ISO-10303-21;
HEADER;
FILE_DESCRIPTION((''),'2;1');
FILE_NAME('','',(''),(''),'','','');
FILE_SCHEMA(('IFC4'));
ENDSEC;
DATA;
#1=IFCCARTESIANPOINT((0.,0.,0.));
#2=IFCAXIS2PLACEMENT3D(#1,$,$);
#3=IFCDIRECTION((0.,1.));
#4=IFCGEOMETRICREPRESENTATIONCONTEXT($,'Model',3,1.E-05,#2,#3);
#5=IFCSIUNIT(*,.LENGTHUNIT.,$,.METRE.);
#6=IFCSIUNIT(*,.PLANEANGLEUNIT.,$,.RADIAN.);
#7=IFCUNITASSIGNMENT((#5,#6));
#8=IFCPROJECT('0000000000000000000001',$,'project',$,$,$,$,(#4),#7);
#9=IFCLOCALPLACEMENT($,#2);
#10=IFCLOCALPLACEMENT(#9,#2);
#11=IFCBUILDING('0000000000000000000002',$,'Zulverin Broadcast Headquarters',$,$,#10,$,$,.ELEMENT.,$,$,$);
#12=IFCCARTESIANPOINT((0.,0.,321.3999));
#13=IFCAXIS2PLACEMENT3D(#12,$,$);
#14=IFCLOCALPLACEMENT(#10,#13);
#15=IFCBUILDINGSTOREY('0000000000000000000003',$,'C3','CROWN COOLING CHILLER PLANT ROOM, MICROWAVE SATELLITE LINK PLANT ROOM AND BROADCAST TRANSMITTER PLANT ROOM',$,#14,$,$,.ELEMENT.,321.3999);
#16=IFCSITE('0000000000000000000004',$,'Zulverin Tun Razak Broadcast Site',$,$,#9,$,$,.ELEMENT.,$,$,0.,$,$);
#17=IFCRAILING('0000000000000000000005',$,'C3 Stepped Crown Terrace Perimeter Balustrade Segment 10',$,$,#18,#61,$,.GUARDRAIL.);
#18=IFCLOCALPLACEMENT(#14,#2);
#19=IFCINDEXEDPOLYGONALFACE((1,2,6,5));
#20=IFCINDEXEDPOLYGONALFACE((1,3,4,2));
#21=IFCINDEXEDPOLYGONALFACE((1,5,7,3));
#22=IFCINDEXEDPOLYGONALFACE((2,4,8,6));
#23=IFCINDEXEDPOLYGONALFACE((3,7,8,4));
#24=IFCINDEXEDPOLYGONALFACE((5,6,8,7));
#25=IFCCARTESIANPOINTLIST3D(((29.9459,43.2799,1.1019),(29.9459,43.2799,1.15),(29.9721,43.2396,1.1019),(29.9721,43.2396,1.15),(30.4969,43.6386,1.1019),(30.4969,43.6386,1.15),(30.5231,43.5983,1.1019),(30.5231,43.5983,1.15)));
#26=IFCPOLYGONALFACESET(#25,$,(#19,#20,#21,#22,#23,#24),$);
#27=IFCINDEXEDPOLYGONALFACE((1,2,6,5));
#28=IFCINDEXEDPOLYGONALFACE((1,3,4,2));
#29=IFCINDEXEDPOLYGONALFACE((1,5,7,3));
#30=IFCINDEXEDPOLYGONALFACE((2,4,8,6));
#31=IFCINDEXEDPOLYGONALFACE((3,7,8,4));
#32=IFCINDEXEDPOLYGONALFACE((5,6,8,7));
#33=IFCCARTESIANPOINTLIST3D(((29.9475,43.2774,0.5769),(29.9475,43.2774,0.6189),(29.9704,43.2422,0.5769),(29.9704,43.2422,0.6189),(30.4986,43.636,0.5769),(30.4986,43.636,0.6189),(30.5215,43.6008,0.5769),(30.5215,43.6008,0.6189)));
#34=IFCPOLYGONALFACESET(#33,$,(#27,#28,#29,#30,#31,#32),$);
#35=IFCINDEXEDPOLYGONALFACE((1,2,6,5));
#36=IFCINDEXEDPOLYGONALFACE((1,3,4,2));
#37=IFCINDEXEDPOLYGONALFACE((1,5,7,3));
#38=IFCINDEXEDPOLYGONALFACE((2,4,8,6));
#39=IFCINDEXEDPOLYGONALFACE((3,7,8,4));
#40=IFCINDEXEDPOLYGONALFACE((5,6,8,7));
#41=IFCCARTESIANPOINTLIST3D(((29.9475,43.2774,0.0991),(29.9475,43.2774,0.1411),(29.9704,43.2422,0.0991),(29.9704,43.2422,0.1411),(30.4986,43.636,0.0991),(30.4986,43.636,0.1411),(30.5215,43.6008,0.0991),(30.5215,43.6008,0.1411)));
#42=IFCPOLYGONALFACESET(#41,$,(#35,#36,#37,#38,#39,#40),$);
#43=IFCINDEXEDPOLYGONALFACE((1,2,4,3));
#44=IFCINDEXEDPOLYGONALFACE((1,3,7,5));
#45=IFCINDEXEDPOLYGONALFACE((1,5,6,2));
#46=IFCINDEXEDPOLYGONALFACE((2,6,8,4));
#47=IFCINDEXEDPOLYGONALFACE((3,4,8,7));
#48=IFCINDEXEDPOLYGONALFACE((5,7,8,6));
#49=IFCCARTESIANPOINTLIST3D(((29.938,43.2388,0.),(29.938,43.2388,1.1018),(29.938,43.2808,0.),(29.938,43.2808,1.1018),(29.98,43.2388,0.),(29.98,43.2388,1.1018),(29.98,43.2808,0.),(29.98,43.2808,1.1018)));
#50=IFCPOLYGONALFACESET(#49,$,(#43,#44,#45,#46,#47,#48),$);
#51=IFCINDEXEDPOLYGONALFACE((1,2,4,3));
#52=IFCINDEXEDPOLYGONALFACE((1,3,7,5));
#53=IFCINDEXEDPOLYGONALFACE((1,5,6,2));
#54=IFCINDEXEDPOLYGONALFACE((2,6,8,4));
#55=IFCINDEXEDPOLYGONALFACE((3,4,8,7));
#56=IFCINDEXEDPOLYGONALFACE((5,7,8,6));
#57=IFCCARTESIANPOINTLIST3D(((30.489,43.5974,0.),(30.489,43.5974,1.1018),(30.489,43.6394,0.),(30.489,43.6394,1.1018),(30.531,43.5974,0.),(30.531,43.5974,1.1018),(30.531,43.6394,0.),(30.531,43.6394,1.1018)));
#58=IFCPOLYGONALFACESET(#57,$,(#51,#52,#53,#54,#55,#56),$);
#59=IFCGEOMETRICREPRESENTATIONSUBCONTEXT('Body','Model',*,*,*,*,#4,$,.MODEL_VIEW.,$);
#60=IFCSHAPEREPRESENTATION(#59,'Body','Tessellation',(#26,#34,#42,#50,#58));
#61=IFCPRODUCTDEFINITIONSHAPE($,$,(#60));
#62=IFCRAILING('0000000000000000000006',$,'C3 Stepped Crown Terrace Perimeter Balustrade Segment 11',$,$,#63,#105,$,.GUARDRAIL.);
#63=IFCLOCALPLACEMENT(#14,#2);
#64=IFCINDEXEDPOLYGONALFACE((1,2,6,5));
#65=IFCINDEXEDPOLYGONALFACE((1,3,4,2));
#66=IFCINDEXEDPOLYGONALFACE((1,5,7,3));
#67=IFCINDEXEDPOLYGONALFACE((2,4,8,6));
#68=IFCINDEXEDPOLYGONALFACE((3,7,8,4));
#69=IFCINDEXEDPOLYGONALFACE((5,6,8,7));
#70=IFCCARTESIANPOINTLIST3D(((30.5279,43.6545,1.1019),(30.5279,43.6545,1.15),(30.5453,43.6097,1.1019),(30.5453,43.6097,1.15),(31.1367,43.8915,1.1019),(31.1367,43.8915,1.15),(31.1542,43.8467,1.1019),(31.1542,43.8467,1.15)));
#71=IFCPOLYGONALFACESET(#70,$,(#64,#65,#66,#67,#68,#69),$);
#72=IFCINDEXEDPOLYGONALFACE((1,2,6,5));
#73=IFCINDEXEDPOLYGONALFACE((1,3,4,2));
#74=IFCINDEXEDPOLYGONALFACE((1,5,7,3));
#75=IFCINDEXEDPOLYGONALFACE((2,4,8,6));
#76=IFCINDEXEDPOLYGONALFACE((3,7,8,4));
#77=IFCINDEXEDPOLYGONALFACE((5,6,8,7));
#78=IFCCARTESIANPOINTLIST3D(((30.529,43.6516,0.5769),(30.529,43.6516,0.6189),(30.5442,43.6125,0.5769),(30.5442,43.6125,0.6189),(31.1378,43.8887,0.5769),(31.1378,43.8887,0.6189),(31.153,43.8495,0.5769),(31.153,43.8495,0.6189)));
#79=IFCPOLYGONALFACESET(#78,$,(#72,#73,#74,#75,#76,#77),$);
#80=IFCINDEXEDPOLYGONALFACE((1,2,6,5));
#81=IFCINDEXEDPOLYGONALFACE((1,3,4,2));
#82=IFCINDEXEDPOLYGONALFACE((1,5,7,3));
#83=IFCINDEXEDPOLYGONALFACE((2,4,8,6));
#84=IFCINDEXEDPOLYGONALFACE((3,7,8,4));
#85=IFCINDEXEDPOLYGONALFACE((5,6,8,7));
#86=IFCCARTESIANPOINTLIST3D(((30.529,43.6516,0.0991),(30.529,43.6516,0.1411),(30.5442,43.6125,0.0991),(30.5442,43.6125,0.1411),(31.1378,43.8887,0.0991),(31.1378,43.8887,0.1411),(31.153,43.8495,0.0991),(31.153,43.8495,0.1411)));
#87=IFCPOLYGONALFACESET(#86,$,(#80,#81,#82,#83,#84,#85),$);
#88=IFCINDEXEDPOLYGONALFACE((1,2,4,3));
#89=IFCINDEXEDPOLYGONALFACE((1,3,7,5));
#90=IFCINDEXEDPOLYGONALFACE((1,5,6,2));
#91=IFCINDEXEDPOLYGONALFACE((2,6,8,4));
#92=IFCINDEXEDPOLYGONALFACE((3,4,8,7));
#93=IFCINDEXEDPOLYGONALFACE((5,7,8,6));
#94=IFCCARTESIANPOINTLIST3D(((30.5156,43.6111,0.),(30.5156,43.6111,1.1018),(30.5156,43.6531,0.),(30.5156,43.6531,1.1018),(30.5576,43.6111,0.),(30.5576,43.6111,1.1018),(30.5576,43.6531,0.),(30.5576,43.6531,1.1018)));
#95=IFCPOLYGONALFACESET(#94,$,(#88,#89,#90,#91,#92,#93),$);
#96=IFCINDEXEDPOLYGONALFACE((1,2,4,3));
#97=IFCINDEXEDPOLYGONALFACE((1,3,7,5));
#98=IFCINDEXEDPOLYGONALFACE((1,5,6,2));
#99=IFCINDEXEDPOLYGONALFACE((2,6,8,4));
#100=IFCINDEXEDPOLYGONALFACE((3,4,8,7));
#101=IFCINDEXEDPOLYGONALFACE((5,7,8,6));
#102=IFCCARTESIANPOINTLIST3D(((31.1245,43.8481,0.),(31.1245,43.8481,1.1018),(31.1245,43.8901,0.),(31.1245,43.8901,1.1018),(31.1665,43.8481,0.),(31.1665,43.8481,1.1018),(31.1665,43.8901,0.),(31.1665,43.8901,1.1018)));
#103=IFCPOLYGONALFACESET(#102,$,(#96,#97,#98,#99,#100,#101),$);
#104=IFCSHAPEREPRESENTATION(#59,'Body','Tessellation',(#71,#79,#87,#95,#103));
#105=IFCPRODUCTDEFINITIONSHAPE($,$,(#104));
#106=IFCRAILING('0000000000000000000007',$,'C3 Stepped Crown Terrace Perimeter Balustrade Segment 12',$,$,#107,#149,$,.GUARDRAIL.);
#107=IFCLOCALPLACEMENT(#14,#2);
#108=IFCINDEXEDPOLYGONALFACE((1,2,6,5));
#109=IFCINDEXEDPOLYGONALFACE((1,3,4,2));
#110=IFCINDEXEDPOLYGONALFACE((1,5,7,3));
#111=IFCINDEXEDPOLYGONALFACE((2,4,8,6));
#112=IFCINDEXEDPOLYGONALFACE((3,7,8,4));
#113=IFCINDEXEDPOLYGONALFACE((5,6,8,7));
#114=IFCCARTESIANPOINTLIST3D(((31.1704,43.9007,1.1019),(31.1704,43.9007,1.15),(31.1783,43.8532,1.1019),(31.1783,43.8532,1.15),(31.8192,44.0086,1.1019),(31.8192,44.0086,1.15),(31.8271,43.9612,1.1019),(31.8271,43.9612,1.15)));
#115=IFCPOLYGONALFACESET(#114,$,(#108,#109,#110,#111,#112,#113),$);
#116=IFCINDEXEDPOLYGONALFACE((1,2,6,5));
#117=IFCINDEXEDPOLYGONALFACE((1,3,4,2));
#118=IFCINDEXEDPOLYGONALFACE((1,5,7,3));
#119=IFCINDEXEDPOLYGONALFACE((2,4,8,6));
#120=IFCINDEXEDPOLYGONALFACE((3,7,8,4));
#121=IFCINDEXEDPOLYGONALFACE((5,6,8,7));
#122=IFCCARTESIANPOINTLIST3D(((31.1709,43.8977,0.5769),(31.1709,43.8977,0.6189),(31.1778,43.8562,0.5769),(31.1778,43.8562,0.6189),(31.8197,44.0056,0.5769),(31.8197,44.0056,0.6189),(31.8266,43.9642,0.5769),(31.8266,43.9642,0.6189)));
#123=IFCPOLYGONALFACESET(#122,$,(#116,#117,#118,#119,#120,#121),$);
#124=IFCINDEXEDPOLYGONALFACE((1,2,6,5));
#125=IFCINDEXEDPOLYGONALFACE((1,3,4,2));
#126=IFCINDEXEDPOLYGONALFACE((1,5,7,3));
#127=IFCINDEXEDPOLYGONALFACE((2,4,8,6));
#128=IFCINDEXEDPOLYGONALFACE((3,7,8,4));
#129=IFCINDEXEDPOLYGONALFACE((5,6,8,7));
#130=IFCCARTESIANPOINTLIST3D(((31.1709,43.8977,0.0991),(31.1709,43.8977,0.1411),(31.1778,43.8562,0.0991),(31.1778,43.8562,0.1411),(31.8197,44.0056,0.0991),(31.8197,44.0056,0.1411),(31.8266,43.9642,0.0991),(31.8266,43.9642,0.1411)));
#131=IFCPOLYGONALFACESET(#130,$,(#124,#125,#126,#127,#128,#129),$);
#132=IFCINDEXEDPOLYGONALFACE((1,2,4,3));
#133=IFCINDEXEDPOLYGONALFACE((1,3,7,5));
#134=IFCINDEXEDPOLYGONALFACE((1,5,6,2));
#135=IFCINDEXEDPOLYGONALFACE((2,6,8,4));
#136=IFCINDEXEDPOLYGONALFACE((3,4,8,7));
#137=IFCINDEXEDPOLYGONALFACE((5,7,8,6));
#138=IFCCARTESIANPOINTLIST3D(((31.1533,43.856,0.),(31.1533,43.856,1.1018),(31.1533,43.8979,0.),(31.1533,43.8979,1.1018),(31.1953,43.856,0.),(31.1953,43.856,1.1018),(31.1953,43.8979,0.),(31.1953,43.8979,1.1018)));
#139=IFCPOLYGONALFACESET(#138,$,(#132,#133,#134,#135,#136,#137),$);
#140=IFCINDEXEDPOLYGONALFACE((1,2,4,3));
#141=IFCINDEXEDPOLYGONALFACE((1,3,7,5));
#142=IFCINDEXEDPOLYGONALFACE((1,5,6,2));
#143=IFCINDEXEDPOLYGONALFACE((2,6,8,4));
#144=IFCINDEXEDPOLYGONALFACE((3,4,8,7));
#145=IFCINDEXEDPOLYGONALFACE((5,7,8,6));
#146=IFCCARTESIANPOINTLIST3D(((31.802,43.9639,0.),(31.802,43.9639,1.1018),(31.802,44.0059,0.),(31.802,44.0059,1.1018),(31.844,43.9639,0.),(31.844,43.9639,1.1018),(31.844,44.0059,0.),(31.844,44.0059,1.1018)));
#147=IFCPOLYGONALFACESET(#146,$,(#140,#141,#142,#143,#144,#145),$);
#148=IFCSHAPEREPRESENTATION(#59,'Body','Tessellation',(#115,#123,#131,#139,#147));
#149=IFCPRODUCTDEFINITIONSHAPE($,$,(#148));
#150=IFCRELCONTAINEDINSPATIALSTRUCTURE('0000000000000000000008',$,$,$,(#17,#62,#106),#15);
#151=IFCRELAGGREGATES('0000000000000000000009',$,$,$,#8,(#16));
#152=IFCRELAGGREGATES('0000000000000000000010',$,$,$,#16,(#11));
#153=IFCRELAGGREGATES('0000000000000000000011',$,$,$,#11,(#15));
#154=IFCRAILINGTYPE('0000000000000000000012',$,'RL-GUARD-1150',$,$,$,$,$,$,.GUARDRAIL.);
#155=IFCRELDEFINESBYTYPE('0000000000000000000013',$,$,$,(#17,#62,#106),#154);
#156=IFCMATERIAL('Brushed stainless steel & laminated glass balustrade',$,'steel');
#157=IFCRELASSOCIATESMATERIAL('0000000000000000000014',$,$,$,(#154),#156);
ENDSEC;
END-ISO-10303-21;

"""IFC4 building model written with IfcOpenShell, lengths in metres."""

from ifc_helpers import new_model, si_unit, direction, frame, origin, origin_2d, place, context, subcontext, project, spatial, rectangle, extrude, material, type_object, element, save


model = new_model("IFC4")

# Units and contexts
model_context = context("Model", 3, precision=1e-05, world=origin(), true_north=direction((0.0, 1.0)))
body_context = subcontext(model_context, "Body", "Model", "MODEL_VIEW")
ifc_project = project(units=[si_unit("LENGTHUNIT", "METRE"), si_unit("PLANEANGLEUNIT", "RADIAN")], contexts=[model_context])

# Site, building, storey
site_placement = place(None, origin())
site = spatial("IfcSite", under=ifc_project, at=site_placement, Name="Zulverin Tun Razak Broadcast Site", CompositionType="ELEMENT", RefElevation=0.0)
building_placement = place(site_placement, origin())
building = spatial("IfcBuilding", under=site, at=building_placement, Name="Zulverin Broadcast Headquarters", CompositionType="ELEMENT")
storey_placement = place(building_placement, frame((0.0, 0.0, 321.3999)))
storey = spatial("IfcBuildingStorey", under=building, at=storey_placement, Name="C3", Description="CROWN COOLING CHILLER PLANT ROOM, MICROWAVE SATELLITE LINK PLANT ROOM AND BROADCAST TRANSMITTER PLANT ROOM", CompositionType="ELEMENT", Elevation=321.3999)

# Railings
ifc_material_1 = material(Name="Brushed stainless steel & laminated glass balustrade", Category="steel")
railing_type = type_object("IfcRailingType", Name="RL-GUARD-1150", PredefinedType="GUARDRAIL", material=ifc_material_1)
railing_1_placement = place(storey_placement, frame((29.959, 43.2598, 0.0)))
element("IfcRailing", 1, at=railing_1_placement, inside=storey, type_object=railing_type, Name="C3 Stepped Crown Terrace Perimeter Balustrade Segment 10", PredefinedType="GUARDRAIL", context=body_context, shape_type="SweptSolid", body=[
    extrude(rectangle(XDim=0.0481, YDim=0.0481, at=origin_2d()), frame((0.0, 0.0, 1.126), z_axis=(0.838113, 0.545497, 0.0), x_axis=(-0.545497, 0.838113, 0.0)), (0.0, 0.0, 1.0), 0.6575),
    extrude(rectangle(XDim=0.042, YDim=0.042, at=origin_2d()), frame((0.0, 0.0, 0.5979), z_axis=(0.838113, 0.545497, 0.0), x_axis=(-0.545497, 0.838113, 0.0)), (0.0, 0.0, 1.0), 0.6575),
    extrude(rectangle(XDim=0.042, YDim=0.042, at=origin_2d()), frame((0.0, 0.0, 0.1201), z_axis=(0.838113, 0.545497, 0.0), x_axis=(-0.545497, 0.838113, 0.0)), (0.0, 0.0, 1.0), 0.6575),
    extrude(rectangle(XDim=0.042, YDim=0.042, at=origin_2d()), origin(), (0.0, 0.0, 1.0), 1.1018),
    extrude(rectangle(XDim=0.042, YDim=0.042, at=origin_2d()), frame((0.551, 0.3586, 0.0)), (0.0, 0.0, 1.0), 1.1018),
])
railing_2_placement = place(storey_placement, frame((30.5366, 43.6321, 0.0)))
element("IfcRailing", 2, at=railing_2_placement, inside=storey, type_object=railing_type, Name="C3 Stepped Crown Terrace Perimeter Balustrade Segment 11", PredefinedType="GUARDRAIL", context=body_context, shape_type="SweptSolid", body=[
    extrude(rectangle(XDim=0.0481, YDim=0.0481, at=origin_2d()), frame((0.0, 0.0, 1.126), z_axis=(0.931864, 0.362807, 0.0), x_axis=(-0.362807, 0.931864, 0.0)), (0.0, 0.0, 1.0), 0.6533),
    extrude(rectangle(XDim=0.042, YDim=0.042, at=origin_2d()), frame((0.0, 0.0, 0.5979), z_axis=(0.931864, 0.362807, 0.0), x_axis=(-0.362807, 0.931864, 0.0)), (0.0, 0.0, 1.0), 0.6533),
    extrude(rectangle(XDim=0.042, YDim=0.042, at=origin_2d()), frame((0.0, 0.0, 0.1201), z_axis=(0.931864, 0.362807, 0.0), x_axis=(-0.362807, 0.931864, 0.0)), (0.0, 0.0, 1.0), 0.6533),
    extrude(rectangle(XDim=0.042, YDim=0.042, at=origin_2d()), origin(), (0.0, 0.0, 1.0), 1.1018),
    extrude(rectangle(XDim=0.042, YDim=0.042, at=origin_2d()), frame((0.6089, 0.2371, 0.0)), (0.0, 0.0, 1.0), 1.1018),
])
railing_3_placement = place(storey_placement, frame((31.1743, 43.877, 0.0)))
element("IfcRailing", 3, at=railing_3_placement, inside=storey, type_object=railing_type, Name="C3 Stepped Crown Terrace Perimeter Balustrade Segment 12", PredefinedType="GUARDRAIL", context=body_context, shape_type="SweptSolid", body=[
    extrude(rectangle(XDim=0.0481, YDim=0.0481, at=origin_2d()), frame((0.0, 0.0, 1.126), z_axis=(0.986444, 0.164098, 0.0), x_axis=(-0.164098, 0.986444, 0.0)), (0.0, 0.0, 1.0), 0.6577),
    extrude(rectangle(XDim=0.042, YDim=0.042, at=origin_2d()), frame((0.0, 0.0, 0.5979), z_axis=(0.986444, 0.164098, 0.0), x_axis=(-0.164098, 0.986444, 0.0)), (0.0, 0.0, 1.0), 0.6577),
    extrude(rectangle(XDim=0.042, YDim=0.042, at=origin_2d()), frame((0.0, 0.0, 0.1201), z_axis=(0.986444, 0.164098, 0.0), x_axis=(-0.164098, 0.986444, 0.0)), (0.0, 0.0, 1.0), 0.6577),
    extrude(rectangle(XDim=0.042, YDim=0.042, at=origin_2d()), origin(), (0.0, 0.0, 1.0), 1.1018),
    extrude(rectangle(XDim=0.042, YDim=0.042, at=origin_2d()), frame((0.6487, 0.1079, 0.0)), (0.0, 0.0, 1.0), 1.1018),
])

save(model, "model.ifc")
